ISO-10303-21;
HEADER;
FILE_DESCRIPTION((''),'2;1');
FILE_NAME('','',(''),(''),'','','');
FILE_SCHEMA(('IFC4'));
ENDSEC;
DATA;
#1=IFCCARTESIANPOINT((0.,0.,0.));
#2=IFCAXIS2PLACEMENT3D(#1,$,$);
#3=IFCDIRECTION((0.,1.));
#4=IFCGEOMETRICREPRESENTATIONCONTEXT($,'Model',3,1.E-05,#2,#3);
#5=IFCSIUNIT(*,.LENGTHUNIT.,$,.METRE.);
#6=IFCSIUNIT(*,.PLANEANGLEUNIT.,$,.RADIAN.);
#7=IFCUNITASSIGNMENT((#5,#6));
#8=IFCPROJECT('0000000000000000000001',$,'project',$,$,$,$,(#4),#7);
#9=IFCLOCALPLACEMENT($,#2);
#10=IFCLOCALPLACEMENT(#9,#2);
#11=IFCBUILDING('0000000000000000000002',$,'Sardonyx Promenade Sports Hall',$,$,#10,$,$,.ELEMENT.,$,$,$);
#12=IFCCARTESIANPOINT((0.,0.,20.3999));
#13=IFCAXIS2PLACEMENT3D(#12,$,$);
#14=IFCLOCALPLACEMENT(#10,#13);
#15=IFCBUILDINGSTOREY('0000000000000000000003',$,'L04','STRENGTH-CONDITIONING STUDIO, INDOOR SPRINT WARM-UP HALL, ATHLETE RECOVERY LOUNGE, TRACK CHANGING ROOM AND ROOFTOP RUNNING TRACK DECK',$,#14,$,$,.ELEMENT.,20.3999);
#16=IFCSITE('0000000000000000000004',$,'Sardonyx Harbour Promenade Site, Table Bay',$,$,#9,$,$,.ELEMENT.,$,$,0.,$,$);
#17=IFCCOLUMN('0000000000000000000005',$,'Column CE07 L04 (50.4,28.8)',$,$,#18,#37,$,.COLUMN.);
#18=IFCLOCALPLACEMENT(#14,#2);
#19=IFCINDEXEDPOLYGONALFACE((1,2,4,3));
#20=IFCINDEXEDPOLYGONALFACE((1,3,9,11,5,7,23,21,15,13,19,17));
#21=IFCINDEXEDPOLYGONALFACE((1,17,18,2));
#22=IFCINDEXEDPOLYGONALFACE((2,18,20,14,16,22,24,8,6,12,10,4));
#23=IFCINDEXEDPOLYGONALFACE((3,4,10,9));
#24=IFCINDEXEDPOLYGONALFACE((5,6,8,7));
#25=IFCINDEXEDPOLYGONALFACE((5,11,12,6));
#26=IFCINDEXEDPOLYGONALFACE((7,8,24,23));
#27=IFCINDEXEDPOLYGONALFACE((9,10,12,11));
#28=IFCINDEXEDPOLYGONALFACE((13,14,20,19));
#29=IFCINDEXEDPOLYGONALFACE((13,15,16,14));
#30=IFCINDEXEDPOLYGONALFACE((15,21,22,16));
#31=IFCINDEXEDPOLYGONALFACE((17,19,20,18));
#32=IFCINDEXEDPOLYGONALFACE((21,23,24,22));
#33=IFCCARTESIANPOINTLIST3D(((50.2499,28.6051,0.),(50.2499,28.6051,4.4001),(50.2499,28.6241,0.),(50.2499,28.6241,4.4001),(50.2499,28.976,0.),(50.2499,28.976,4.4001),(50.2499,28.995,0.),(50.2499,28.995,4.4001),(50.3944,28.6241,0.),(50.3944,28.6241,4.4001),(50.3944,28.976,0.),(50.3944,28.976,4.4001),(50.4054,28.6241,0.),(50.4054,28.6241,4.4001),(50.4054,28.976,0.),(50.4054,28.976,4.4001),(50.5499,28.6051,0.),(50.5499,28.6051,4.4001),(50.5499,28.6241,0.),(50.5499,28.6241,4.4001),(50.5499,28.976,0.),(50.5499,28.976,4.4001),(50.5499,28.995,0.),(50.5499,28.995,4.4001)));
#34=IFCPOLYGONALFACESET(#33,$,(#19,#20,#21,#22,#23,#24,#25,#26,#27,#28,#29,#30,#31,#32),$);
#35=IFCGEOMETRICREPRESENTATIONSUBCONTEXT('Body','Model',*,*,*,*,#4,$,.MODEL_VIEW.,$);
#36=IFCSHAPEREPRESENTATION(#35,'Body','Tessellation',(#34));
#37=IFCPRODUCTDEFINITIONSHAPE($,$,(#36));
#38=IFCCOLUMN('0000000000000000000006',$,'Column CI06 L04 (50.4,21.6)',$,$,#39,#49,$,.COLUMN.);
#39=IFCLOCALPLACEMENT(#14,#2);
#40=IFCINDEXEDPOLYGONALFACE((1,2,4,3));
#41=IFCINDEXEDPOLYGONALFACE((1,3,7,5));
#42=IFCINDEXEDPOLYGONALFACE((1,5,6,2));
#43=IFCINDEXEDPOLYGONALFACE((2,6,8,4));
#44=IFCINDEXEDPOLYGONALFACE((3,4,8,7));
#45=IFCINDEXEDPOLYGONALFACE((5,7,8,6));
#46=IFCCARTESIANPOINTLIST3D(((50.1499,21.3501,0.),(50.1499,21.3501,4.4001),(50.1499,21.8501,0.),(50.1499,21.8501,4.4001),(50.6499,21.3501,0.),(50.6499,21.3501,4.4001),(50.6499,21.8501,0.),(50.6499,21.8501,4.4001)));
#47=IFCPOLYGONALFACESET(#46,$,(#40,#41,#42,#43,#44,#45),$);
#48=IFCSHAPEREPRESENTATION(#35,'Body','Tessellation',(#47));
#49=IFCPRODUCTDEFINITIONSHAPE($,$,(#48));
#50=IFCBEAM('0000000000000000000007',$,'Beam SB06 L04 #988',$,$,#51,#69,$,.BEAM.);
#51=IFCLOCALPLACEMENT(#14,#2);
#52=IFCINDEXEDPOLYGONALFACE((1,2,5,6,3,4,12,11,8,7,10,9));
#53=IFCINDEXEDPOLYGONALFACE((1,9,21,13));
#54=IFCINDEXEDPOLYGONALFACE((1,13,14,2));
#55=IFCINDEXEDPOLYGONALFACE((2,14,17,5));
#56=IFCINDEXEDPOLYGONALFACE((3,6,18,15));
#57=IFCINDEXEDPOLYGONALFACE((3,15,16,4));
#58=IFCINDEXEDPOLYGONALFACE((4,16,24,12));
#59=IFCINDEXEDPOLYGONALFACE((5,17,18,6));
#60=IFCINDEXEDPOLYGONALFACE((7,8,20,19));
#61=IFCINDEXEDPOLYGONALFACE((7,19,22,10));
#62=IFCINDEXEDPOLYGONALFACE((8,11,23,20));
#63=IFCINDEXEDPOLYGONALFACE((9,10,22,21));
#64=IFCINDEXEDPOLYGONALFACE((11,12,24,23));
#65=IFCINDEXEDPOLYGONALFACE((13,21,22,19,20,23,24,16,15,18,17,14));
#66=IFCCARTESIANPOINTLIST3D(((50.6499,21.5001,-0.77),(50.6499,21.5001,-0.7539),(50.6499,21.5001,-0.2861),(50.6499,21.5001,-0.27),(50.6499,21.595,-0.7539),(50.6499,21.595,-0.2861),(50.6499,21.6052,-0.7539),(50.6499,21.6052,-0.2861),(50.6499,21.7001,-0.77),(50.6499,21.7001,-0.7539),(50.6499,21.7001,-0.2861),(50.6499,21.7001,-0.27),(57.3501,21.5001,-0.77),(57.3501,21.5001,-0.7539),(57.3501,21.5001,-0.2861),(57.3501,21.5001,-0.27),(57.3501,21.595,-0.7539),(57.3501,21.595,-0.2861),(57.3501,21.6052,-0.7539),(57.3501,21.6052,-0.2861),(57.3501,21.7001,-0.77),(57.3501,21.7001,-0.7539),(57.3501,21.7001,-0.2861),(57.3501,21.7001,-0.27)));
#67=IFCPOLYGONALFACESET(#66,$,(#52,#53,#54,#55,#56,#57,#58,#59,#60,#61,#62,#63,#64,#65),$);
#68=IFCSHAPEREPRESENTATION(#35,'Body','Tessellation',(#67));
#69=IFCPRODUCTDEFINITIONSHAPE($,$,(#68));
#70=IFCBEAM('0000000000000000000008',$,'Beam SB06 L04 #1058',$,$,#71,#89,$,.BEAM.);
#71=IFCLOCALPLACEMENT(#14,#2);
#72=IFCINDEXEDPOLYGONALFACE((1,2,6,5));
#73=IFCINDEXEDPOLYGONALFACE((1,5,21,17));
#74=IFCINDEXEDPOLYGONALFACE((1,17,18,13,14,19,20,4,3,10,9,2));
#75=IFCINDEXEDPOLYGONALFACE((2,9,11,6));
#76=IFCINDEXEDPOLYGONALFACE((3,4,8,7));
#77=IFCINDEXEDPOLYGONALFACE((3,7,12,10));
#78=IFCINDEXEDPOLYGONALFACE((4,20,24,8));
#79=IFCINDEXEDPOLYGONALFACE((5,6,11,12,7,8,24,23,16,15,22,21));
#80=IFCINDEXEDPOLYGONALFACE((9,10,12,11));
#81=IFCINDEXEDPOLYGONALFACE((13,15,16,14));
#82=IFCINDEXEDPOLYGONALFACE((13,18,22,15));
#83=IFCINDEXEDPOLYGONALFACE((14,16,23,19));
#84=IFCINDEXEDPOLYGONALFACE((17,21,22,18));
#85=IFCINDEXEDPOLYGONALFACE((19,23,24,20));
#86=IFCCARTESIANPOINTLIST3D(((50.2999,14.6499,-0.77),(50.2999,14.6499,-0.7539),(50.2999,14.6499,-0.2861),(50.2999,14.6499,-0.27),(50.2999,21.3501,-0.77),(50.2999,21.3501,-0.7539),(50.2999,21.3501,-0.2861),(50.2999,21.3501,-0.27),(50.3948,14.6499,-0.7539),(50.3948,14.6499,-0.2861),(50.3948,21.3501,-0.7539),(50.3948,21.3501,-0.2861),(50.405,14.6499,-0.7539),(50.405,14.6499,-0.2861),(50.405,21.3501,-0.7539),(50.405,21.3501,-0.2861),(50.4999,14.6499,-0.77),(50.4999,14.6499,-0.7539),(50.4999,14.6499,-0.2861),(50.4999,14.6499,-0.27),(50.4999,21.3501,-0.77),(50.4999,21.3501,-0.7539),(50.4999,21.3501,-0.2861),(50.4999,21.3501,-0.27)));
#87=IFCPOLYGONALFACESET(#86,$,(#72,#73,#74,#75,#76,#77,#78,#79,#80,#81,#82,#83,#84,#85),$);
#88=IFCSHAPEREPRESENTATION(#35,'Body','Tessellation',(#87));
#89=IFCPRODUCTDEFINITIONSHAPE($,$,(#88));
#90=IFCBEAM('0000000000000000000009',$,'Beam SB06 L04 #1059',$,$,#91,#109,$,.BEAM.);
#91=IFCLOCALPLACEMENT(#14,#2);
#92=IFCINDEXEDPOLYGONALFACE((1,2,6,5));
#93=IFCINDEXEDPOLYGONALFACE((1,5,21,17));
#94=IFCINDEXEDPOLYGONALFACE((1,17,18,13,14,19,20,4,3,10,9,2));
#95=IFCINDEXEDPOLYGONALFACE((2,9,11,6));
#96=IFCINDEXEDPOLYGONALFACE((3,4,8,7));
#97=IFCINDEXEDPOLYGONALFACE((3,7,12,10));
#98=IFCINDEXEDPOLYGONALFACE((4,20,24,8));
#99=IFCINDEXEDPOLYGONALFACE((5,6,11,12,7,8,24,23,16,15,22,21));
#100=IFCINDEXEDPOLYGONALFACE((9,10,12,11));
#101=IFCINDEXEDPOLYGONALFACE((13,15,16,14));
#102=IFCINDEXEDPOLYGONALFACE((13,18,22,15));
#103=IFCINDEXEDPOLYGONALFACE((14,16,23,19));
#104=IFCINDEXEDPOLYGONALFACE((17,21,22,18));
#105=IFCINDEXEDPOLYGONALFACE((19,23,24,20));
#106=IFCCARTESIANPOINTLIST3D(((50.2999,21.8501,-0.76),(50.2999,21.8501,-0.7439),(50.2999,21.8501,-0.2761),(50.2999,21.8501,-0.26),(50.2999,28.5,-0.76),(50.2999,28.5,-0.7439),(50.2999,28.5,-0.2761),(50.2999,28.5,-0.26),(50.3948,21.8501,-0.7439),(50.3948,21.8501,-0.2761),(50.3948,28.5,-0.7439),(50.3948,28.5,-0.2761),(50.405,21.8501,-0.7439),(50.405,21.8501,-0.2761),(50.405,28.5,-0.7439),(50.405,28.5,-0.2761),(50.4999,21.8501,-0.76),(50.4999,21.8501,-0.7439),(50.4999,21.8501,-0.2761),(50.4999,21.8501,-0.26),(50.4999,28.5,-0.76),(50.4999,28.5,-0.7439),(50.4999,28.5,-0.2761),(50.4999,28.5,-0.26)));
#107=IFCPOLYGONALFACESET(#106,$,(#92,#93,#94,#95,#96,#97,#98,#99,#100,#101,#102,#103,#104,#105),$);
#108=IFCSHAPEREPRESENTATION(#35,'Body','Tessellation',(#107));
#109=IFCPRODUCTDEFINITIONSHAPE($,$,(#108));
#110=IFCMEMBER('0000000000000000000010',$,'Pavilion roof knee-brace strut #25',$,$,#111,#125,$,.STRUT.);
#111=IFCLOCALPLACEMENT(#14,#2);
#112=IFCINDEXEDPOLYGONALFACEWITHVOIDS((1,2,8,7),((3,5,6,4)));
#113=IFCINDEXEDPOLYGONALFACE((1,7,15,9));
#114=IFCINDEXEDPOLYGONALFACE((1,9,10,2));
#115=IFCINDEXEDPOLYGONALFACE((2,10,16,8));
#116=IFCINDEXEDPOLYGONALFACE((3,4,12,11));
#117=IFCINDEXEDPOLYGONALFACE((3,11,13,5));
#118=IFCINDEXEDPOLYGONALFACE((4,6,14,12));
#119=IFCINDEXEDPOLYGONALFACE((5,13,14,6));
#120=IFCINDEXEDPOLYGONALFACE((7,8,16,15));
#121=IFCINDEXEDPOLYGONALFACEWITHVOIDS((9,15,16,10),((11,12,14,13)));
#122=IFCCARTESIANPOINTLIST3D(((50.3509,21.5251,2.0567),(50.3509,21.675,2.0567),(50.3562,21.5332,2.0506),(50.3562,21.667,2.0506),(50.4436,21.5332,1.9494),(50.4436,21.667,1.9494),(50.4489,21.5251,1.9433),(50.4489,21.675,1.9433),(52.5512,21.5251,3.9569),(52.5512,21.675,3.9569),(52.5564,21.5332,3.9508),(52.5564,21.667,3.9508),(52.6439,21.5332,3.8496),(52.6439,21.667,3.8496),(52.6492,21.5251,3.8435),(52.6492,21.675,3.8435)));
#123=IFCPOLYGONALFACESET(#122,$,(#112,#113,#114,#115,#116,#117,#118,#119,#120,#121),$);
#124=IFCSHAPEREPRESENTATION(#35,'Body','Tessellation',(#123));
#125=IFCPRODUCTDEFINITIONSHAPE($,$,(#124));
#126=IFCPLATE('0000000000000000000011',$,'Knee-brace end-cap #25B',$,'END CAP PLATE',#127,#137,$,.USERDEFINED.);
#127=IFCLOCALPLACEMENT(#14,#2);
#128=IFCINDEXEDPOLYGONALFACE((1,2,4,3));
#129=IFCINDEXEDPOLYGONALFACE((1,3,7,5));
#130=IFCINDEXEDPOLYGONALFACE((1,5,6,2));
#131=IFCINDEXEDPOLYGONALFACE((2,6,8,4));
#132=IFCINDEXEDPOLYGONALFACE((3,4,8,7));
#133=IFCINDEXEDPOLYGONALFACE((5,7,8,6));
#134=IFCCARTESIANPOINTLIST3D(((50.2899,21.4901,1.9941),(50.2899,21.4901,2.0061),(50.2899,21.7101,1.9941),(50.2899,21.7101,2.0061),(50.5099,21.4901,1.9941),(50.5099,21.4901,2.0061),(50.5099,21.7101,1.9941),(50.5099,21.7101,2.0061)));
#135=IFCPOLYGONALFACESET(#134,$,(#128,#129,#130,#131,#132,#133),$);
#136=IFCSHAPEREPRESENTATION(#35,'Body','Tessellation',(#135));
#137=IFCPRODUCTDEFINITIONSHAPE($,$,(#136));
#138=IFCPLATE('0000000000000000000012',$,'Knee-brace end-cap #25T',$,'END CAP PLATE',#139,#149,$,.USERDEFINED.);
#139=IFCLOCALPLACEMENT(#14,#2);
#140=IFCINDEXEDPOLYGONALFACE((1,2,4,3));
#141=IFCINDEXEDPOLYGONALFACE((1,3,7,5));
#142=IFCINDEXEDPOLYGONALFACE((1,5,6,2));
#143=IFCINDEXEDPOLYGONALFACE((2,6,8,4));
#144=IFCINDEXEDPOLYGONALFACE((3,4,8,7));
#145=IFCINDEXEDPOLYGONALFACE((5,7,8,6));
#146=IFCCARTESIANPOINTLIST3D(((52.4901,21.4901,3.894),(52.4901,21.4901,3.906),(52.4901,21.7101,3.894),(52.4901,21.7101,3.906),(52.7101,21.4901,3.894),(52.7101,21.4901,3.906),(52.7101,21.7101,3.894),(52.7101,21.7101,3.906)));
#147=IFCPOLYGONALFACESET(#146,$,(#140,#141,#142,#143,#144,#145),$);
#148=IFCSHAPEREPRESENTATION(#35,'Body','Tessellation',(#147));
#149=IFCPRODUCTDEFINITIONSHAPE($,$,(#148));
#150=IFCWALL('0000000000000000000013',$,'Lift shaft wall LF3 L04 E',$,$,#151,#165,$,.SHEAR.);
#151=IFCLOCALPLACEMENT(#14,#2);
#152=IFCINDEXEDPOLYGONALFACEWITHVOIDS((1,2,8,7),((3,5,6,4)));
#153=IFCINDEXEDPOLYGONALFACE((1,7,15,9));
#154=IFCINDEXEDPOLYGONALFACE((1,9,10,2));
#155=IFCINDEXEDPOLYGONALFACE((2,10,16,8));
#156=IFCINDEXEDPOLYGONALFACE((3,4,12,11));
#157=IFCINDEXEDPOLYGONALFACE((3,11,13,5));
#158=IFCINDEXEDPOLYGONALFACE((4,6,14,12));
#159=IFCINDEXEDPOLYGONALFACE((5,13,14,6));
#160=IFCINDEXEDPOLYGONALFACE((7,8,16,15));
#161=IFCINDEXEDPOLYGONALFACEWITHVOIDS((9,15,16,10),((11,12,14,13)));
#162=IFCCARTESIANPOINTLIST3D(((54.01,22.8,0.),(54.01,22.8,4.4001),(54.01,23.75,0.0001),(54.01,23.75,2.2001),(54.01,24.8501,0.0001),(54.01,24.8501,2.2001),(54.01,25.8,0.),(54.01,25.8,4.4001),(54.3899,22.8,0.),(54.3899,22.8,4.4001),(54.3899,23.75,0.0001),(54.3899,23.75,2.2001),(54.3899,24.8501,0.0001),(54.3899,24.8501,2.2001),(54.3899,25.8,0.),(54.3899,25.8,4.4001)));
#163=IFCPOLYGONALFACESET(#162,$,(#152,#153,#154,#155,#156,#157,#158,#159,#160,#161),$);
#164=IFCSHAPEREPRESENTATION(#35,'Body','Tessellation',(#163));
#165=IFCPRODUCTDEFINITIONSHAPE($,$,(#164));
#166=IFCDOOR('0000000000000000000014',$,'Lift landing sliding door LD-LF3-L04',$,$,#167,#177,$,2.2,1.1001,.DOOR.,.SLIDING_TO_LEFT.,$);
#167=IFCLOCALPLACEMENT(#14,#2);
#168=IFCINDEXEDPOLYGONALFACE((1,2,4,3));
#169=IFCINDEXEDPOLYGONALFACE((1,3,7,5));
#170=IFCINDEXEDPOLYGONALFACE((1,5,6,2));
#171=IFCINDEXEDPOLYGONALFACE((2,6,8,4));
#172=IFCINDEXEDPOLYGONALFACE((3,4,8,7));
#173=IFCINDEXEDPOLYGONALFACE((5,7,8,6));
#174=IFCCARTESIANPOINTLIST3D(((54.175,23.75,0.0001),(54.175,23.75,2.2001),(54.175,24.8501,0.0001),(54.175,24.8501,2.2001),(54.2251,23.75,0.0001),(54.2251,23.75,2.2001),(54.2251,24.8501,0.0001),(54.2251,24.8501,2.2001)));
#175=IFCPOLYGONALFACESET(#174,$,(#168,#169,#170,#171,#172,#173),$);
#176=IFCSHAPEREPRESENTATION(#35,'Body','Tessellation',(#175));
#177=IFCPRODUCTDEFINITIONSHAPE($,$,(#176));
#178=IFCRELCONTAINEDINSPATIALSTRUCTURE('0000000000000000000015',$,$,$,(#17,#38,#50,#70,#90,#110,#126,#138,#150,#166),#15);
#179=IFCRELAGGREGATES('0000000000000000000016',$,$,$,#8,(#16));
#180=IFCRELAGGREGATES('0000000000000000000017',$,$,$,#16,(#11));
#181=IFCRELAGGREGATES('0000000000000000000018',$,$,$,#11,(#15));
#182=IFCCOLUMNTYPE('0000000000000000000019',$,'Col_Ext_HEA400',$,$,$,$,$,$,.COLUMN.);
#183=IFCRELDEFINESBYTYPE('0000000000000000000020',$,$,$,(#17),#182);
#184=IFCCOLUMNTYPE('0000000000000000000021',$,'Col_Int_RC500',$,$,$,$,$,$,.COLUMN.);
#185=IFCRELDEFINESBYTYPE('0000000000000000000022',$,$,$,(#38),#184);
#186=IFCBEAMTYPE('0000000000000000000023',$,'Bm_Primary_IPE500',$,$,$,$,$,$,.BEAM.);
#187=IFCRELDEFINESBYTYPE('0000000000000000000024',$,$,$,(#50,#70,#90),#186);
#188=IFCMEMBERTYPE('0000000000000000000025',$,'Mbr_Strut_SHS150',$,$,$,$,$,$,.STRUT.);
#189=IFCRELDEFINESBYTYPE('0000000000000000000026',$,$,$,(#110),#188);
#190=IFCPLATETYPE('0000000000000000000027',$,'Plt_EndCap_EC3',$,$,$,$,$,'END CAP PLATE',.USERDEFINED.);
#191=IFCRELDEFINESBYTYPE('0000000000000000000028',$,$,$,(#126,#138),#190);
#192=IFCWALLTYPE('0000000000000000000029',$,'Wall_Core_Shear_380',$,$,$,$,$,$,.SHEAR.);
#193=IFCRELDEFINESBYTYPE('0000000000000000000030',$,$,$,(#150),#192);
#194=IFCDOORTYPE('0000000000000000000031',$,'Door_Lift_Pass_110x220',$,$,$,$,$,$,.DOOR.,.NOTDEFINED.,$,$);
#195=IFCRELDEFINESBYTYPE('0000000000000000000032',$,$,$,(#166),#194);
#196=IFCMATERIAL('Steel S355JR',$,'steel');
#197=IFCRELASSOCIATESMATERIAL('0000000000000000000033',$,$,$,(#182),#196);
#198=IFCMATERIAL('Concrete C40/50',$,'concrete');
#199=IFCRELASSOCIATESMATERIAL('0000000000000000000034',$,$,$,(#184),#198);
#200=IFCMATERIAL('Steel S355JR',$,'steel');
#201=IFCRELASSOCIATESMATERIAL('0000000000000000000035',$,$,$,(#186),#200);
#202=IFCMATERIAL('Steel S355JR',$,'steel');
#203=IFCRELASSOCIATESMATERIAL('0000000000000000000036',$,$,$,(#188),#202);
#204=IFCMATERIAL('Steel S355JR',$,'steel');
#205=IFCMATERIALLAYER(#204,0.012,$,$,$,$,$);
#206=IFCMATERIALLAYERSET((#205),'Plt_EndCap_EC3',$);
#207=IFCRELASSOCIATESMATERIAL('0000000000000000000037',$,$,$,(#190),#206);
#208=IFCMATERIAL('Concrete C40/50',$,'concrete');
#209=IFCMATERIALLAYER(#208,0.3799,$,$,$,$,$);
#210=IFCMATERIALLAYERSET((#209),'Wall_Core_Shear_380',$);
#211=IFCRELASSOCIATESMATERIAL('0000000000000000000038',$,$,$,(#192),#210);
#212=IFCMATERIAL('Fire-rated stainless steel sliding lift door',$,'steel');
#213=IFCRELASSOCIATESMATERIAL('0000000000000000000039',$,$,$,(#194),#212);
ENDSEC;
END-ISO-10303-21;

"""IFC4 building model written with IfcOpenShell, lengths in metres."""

from ifc_helpers import new_model, si_unit, direction, frame, frame_2d, origin, origin_2d, place, context, subcontext, project, spatial, rectangle, hollow_rectangle, i_section, extrude, material, layer, layer_set, material_profile, profile_set, type_object, element, fill, save


model = new_model("IFC4")

# Units and contexts
model_context = context("Model", 3, precision=1e-05, world=origin(), true_north=direction((0.0, 1.0)))
body_context = subcontext(model_context, "Body", "Model", "MODEL_VIEW")
ifc_project = project(units=[si_unit("LENGTHUNIT", "METRE"), si_unit("PLANEANGLEUNIT", "RADIAN")], contexts=[model_context])

# Site, building, storey
site_placement = place(None, origin())
site = spatial("IfcSite", under=ifc_project, at=site_placement, Name="Sardonyx Harbour Promenade Site, Table Bay", CompositionType="ELEMENT", RefElevation=0.0)
building_placement = place(site_placement, origin())
building = spatial("IfcBuilding", under=site, at=building_placement, Name="Sardonyx Promenade Sports Hall", CompositionType="ELEMENT")
storey_placement = place(building_placement, frame((0.0, 0.0, 20.3999)))
storey = spatial("IfcBuildingStorey", under=building, at=storey_placement, Name="L04", Description="STRENGTH-CONDITIONING STUDIO, INDOOR SPRINT WARM-UP HALL, ATHLETE RECOVERY LOUNGE, TRACK CHANGING ROOM AND ROOFTOP RUNNING TRACK DECK", CompositionType="ELEMENT", Elevation=20.3999)

# Columns
ifc_material_1 = material(Name="Steel S355JR", Category="steel")
ifc_material_profile_1 = material_profile(ifc_material_1, i_section(OverallWidth=0.3, OverallDepth=0.3899, WebThickness=0.011, FlangeThickness=0.019, at=origin_2d()))
ifc_profile_set_1 = profile_set([ifc_material_profile_1], Name="Steel S355JR")
column_type_1 = type_object("IfcColumnType", Name="Col_Ext_HEA400", PredefinedType="COLUMN", material=ifc_profile_set_1)
column_1_placement = place(storey_placement, frame((50.3999, 28.8, 0.0), z_axis=(0.0, 0.0, 1.0), x_axis=(1.0, 0.0, 0.0)))
element("IfcColumn", 1, at=column_1_placement, inside=storey, type_object=column_type_1, Name="Column CE07 L04 (50.4,28.8)", PredefinedType="COLUMN", context=body_context, shape_type="SweptSolid", body=[
    extrude(i_section(OverallWidth=0.3, OverallDepth=0.3899, WebThickness=0.011, FlangeThickness=0.019, at=origin_2d()), origin(), (0.0, 0.0, 1.0), 4.4001),
])
ifc_material_2 = material(Name="Concrete C40/50", Category="concrete")
ifc_material_profile_2 = material_profile(ifc_material_2, rectangle(XDim=0.5, YDim=0.5, at=origin_2d()))
ifc_profile_set_2 = profile_set([ifc_material_profile_2], Name="Concrete C40/50")
column_type_2 = type_object("IfcColumnType", Name="Col_Int_RC500", PredefinedType="COLUMN", material=ifc_profile_set_2)
column_2_placement = place(storey_placement, frame((50.3999, 21.6001, 0.0), z_axis=(0.0, 0.0, 1.0), x_axis=(1.0, 0.0, 0.0)))
element("IfcColumn", 2, at=column_2_placement, inside=storey, type_object=column_type_2, Name="Column CI06 L04 (50.4,21.6)", PredefinedType="COLUMN", context=body_context, shape_type="SweptSolid", body=[
    extrude(rectangle(XDim=0.5, YDim=0.5, at=origin_2d()), origin(), (0.0, 0.0, 1.0), 4.4001),
])

# Beams
ifc_material_3 = material(Name="Steel S355JR", Category="steel")
ifc_material_profile_3 = material_profile(ifc_material_3, i_section(OverallWidth=0.2, OverallDepth=0.5, WebThickness=0.0103, FlangeThickness=0.0161, at=origin_2d()))
ifc_profile_set_3 = profile_set([ifc_material_profile_3], Name="Steel S355JR")
beam_type = type_object("IfcBeamType", Name="Bm_Primary_IPE500", PredefinedType="BEAM", material=ifc_profile_set_3)
for number, where, z_axis, x_axis, name in (
    (3, (50.6499, 21.6001, -0.52), (1.0, 0.0, 0.0), (0.0, 1.0, 0.0), "Beam SB06 L04 #988"),
    (4, (50.3999, 14.6499, -0.52), (0.0, 1.0, 0.0), (-1.0, 0.0, 0.0), "Beam SB06 L04 #1058"),
):
    element("IfcBeam", number, at=place(storey_placement, frame(where, z_axis=z_axis, x_axis=x_axis)), inside=storey, type_object=beam_type, Name=name, PredefinedType="BEAM", context=body_context, shape_type="SweptSolid", body=[
        extrude(i_section(OverallWidth=0.2, OverallDepth=0.5, WebThickness=0.0103, FlangeThickness=0.0161, at=origin_2d()), origin(), (0.0, 0.0, 1.0), 6.7002),
    ])
beam_placement = place(storey_placement, frame((50.3999, 21.8501, -0.51), z_axis=(0.0, 1.0, 0.0), x_axis=(-1.0, 0.0, 0.0)))
element("IfcBeam", 5, at=beam_placement, inside=storey, type_object=beam_type, Name="Beam SB06 L04 #1059", PredefinedType="BEAM", context=body_context, shape_type="SweptSolid", body=[
    extrude(i_section(OverallWidth=0.2, OverallDepth=0.5, WebThickness=0.0103, FlangeThickness=0.0161, at=origin_2d()), origin(), (0.0, 0.0, 1.0), 6.6499),
])

# Member
ifc_material_4 = material(Name="Steel S355JR", Category="steel")
ifc_material_profile_4 = material_profile(ifc_material_4, hollow_rectangle(XDim=0.1499, YDim=0.1499, WallThickness=0.0081, at=origin_2d()))
ifc_profile_set_4 = profile_set([ifc_material_profile_4], Name="Steel S355JR")
member_type = type_object("IfcMemberType", Name="Mbr_Strut_SHS150", PredefinedType="STRUT", material=ifc_profile_set_4)
member_placement = place(storey_placement, frame((50.3999, 21.6001, 2.0), z_axis=(0.756827, 0.0, 0.653615), x_axis=(0.0, 1.0, 0.0)))
element("IfcMember", 6, at=member_placement, inside=storey, type_object=member_type, Name="Pavilion roof knee-brace strut #25", PredefinedType="STRUT", context=body_context, shape_type="SweptSolid", body=[
    extrude(hollow_rectangle(XDim=0.1499, YDim=0.1499, WallThickness=0.0081, at=origin_2d()), origin(), (0.0, 0.0, 1.0), 2.9072),
])

# Plates
ifc_material_5 = material(Name="Steel S355JR", Category="steel")
ifc_layer_1 = layer(ifc_material_5, 0.012)
ifc_layer_set_1 = layer_set([ifc_layer_1], Name="Plt_EndCap_EC3")
plate_type = type_object("IfcPlateType", Name="Plt_EndCap_EC3", ElementType="END CAP PLATE", PredefinedType="USERDEFINED", material=ifc_layer_set_1)
for number, where, z_axis, x_axis, name in (
    (7, (50.3999, 21.6001, 1.9941), (0.0, 0.0, 1.0), (1.0, 0.0, 0.0), "Knee-brace end-cap #25B"),
    (8, (52.6001, 21.6001, 3.894), (0.0, 0.0, 1.0), (1.0, 0.0, 0.0), "Knee-brace end-cap #25T"),
):
    element("IfcPlate", number, at=place(storey_placement, frame(where, z_axis=z_axis, x_axis=x_axis)), inside=storey, type_object=plate_type, Name=name, ObjectType="END CAP PLATE", PredefinedType="USERDEFINED", context=body_context, shape_type="SweptSolid", body=[
        extrude(rectangle(XDim=0.22, YDim=0.22, at=origin_2d()), origin(), (0.0, 0.0, 1.0), 0.012),
    ])

# Wall, opening, door
ifc_material_6 = material(Name="Concrete C40/50", Category="concrete")
ifc_layer_2 = layer(ifc_material_6, 0.3799)
ifc_layer_set_2 = layer_set([ifc_layer_2], Name="Wall_Core_Shear_380")
wall_type_1 = type_object("IfcWallType", Name="Wall_Core_Shear_380", PredefinedType="SHEAR", material=ifc_layer_set_2)
wall_1_placement = place(storey_placement, frame((54.2, 22.8, 0.0), z_axis=(0.0, 0.0, 1.0), x_axis=(0.0, 1.0, 0.0)))
wall_1 = element("IfcWall", 9, at=wall_1_placement, inside=storey, type_object=wall_type_1, Name="Lift shaft wall LF3 L04 E", PredefinedType="SHEAR", context=body_context, shape_type="SweptSolid", body=[
    extrude(rectangle(XDim=3.0, YDim=0.3799, at=frame_2d((1.5, 0.0))), origin(), (0.0, 0.0, 1.0), 4.4001),
])
opening_1_placement = place(wall_1_placement, frame((0.95, 0.0, 0.0)))
opening_1 = element("IfcOpeningElement", 10, at=opening_1_placement, cuts=wall_1, PredefinedType="OPENING", context=body_context, shape_type="SweptSolid", body=[
    extrude(rectangle(XDim=1.1001, YDim=2.2, at=frame_2d((0.55, 1.1001))), frame((0.0, 0.2, 0.0), z_axis=(0.0, -1.0, 0.0), x_axis=(1.0, 0.0, 0.0)), (0.0, 0.0, 1.0), 0.4),
])
ifc_material_7 = material(Name="Fire-rated stainless steel sliding lift door", Category="steel")
door_type_1 = type_object("IfcDoorType", Name="Door_Lift_Pass_110x220", OperationType="NOTDEFINED", PredefinedType="DOOR", material=ifc_material_7)
door_1_placement = place(opening_1_placement, origin())
door_1 = element("IfcDoor", 11, at=door_1_placement, inside=storey, type_object=door_type_1, Name="Lift landing sliding door LD-LF3-L04", OperationType="SLIDING_TO_LEFT", OverallHeight=2.2, OverallWidth=1.1001, PredefinedType="DOOR", context=body_context, shape_type="SweptSolid", body=[
    extrude(rectangle(XDim=1.1001, YDim=2.2, at=frame_2d((0.55, 1.1001))), frame((0.0, 0.0249, 0.0), z_axis=(0.0, -1.0, 0.0), x_axis=(1.0, 0.0, 0.0)), (0.0, 0.0, 1.0), 0.05),
])
fill(opening_1, door_1)

save(model, "model.ifc")
